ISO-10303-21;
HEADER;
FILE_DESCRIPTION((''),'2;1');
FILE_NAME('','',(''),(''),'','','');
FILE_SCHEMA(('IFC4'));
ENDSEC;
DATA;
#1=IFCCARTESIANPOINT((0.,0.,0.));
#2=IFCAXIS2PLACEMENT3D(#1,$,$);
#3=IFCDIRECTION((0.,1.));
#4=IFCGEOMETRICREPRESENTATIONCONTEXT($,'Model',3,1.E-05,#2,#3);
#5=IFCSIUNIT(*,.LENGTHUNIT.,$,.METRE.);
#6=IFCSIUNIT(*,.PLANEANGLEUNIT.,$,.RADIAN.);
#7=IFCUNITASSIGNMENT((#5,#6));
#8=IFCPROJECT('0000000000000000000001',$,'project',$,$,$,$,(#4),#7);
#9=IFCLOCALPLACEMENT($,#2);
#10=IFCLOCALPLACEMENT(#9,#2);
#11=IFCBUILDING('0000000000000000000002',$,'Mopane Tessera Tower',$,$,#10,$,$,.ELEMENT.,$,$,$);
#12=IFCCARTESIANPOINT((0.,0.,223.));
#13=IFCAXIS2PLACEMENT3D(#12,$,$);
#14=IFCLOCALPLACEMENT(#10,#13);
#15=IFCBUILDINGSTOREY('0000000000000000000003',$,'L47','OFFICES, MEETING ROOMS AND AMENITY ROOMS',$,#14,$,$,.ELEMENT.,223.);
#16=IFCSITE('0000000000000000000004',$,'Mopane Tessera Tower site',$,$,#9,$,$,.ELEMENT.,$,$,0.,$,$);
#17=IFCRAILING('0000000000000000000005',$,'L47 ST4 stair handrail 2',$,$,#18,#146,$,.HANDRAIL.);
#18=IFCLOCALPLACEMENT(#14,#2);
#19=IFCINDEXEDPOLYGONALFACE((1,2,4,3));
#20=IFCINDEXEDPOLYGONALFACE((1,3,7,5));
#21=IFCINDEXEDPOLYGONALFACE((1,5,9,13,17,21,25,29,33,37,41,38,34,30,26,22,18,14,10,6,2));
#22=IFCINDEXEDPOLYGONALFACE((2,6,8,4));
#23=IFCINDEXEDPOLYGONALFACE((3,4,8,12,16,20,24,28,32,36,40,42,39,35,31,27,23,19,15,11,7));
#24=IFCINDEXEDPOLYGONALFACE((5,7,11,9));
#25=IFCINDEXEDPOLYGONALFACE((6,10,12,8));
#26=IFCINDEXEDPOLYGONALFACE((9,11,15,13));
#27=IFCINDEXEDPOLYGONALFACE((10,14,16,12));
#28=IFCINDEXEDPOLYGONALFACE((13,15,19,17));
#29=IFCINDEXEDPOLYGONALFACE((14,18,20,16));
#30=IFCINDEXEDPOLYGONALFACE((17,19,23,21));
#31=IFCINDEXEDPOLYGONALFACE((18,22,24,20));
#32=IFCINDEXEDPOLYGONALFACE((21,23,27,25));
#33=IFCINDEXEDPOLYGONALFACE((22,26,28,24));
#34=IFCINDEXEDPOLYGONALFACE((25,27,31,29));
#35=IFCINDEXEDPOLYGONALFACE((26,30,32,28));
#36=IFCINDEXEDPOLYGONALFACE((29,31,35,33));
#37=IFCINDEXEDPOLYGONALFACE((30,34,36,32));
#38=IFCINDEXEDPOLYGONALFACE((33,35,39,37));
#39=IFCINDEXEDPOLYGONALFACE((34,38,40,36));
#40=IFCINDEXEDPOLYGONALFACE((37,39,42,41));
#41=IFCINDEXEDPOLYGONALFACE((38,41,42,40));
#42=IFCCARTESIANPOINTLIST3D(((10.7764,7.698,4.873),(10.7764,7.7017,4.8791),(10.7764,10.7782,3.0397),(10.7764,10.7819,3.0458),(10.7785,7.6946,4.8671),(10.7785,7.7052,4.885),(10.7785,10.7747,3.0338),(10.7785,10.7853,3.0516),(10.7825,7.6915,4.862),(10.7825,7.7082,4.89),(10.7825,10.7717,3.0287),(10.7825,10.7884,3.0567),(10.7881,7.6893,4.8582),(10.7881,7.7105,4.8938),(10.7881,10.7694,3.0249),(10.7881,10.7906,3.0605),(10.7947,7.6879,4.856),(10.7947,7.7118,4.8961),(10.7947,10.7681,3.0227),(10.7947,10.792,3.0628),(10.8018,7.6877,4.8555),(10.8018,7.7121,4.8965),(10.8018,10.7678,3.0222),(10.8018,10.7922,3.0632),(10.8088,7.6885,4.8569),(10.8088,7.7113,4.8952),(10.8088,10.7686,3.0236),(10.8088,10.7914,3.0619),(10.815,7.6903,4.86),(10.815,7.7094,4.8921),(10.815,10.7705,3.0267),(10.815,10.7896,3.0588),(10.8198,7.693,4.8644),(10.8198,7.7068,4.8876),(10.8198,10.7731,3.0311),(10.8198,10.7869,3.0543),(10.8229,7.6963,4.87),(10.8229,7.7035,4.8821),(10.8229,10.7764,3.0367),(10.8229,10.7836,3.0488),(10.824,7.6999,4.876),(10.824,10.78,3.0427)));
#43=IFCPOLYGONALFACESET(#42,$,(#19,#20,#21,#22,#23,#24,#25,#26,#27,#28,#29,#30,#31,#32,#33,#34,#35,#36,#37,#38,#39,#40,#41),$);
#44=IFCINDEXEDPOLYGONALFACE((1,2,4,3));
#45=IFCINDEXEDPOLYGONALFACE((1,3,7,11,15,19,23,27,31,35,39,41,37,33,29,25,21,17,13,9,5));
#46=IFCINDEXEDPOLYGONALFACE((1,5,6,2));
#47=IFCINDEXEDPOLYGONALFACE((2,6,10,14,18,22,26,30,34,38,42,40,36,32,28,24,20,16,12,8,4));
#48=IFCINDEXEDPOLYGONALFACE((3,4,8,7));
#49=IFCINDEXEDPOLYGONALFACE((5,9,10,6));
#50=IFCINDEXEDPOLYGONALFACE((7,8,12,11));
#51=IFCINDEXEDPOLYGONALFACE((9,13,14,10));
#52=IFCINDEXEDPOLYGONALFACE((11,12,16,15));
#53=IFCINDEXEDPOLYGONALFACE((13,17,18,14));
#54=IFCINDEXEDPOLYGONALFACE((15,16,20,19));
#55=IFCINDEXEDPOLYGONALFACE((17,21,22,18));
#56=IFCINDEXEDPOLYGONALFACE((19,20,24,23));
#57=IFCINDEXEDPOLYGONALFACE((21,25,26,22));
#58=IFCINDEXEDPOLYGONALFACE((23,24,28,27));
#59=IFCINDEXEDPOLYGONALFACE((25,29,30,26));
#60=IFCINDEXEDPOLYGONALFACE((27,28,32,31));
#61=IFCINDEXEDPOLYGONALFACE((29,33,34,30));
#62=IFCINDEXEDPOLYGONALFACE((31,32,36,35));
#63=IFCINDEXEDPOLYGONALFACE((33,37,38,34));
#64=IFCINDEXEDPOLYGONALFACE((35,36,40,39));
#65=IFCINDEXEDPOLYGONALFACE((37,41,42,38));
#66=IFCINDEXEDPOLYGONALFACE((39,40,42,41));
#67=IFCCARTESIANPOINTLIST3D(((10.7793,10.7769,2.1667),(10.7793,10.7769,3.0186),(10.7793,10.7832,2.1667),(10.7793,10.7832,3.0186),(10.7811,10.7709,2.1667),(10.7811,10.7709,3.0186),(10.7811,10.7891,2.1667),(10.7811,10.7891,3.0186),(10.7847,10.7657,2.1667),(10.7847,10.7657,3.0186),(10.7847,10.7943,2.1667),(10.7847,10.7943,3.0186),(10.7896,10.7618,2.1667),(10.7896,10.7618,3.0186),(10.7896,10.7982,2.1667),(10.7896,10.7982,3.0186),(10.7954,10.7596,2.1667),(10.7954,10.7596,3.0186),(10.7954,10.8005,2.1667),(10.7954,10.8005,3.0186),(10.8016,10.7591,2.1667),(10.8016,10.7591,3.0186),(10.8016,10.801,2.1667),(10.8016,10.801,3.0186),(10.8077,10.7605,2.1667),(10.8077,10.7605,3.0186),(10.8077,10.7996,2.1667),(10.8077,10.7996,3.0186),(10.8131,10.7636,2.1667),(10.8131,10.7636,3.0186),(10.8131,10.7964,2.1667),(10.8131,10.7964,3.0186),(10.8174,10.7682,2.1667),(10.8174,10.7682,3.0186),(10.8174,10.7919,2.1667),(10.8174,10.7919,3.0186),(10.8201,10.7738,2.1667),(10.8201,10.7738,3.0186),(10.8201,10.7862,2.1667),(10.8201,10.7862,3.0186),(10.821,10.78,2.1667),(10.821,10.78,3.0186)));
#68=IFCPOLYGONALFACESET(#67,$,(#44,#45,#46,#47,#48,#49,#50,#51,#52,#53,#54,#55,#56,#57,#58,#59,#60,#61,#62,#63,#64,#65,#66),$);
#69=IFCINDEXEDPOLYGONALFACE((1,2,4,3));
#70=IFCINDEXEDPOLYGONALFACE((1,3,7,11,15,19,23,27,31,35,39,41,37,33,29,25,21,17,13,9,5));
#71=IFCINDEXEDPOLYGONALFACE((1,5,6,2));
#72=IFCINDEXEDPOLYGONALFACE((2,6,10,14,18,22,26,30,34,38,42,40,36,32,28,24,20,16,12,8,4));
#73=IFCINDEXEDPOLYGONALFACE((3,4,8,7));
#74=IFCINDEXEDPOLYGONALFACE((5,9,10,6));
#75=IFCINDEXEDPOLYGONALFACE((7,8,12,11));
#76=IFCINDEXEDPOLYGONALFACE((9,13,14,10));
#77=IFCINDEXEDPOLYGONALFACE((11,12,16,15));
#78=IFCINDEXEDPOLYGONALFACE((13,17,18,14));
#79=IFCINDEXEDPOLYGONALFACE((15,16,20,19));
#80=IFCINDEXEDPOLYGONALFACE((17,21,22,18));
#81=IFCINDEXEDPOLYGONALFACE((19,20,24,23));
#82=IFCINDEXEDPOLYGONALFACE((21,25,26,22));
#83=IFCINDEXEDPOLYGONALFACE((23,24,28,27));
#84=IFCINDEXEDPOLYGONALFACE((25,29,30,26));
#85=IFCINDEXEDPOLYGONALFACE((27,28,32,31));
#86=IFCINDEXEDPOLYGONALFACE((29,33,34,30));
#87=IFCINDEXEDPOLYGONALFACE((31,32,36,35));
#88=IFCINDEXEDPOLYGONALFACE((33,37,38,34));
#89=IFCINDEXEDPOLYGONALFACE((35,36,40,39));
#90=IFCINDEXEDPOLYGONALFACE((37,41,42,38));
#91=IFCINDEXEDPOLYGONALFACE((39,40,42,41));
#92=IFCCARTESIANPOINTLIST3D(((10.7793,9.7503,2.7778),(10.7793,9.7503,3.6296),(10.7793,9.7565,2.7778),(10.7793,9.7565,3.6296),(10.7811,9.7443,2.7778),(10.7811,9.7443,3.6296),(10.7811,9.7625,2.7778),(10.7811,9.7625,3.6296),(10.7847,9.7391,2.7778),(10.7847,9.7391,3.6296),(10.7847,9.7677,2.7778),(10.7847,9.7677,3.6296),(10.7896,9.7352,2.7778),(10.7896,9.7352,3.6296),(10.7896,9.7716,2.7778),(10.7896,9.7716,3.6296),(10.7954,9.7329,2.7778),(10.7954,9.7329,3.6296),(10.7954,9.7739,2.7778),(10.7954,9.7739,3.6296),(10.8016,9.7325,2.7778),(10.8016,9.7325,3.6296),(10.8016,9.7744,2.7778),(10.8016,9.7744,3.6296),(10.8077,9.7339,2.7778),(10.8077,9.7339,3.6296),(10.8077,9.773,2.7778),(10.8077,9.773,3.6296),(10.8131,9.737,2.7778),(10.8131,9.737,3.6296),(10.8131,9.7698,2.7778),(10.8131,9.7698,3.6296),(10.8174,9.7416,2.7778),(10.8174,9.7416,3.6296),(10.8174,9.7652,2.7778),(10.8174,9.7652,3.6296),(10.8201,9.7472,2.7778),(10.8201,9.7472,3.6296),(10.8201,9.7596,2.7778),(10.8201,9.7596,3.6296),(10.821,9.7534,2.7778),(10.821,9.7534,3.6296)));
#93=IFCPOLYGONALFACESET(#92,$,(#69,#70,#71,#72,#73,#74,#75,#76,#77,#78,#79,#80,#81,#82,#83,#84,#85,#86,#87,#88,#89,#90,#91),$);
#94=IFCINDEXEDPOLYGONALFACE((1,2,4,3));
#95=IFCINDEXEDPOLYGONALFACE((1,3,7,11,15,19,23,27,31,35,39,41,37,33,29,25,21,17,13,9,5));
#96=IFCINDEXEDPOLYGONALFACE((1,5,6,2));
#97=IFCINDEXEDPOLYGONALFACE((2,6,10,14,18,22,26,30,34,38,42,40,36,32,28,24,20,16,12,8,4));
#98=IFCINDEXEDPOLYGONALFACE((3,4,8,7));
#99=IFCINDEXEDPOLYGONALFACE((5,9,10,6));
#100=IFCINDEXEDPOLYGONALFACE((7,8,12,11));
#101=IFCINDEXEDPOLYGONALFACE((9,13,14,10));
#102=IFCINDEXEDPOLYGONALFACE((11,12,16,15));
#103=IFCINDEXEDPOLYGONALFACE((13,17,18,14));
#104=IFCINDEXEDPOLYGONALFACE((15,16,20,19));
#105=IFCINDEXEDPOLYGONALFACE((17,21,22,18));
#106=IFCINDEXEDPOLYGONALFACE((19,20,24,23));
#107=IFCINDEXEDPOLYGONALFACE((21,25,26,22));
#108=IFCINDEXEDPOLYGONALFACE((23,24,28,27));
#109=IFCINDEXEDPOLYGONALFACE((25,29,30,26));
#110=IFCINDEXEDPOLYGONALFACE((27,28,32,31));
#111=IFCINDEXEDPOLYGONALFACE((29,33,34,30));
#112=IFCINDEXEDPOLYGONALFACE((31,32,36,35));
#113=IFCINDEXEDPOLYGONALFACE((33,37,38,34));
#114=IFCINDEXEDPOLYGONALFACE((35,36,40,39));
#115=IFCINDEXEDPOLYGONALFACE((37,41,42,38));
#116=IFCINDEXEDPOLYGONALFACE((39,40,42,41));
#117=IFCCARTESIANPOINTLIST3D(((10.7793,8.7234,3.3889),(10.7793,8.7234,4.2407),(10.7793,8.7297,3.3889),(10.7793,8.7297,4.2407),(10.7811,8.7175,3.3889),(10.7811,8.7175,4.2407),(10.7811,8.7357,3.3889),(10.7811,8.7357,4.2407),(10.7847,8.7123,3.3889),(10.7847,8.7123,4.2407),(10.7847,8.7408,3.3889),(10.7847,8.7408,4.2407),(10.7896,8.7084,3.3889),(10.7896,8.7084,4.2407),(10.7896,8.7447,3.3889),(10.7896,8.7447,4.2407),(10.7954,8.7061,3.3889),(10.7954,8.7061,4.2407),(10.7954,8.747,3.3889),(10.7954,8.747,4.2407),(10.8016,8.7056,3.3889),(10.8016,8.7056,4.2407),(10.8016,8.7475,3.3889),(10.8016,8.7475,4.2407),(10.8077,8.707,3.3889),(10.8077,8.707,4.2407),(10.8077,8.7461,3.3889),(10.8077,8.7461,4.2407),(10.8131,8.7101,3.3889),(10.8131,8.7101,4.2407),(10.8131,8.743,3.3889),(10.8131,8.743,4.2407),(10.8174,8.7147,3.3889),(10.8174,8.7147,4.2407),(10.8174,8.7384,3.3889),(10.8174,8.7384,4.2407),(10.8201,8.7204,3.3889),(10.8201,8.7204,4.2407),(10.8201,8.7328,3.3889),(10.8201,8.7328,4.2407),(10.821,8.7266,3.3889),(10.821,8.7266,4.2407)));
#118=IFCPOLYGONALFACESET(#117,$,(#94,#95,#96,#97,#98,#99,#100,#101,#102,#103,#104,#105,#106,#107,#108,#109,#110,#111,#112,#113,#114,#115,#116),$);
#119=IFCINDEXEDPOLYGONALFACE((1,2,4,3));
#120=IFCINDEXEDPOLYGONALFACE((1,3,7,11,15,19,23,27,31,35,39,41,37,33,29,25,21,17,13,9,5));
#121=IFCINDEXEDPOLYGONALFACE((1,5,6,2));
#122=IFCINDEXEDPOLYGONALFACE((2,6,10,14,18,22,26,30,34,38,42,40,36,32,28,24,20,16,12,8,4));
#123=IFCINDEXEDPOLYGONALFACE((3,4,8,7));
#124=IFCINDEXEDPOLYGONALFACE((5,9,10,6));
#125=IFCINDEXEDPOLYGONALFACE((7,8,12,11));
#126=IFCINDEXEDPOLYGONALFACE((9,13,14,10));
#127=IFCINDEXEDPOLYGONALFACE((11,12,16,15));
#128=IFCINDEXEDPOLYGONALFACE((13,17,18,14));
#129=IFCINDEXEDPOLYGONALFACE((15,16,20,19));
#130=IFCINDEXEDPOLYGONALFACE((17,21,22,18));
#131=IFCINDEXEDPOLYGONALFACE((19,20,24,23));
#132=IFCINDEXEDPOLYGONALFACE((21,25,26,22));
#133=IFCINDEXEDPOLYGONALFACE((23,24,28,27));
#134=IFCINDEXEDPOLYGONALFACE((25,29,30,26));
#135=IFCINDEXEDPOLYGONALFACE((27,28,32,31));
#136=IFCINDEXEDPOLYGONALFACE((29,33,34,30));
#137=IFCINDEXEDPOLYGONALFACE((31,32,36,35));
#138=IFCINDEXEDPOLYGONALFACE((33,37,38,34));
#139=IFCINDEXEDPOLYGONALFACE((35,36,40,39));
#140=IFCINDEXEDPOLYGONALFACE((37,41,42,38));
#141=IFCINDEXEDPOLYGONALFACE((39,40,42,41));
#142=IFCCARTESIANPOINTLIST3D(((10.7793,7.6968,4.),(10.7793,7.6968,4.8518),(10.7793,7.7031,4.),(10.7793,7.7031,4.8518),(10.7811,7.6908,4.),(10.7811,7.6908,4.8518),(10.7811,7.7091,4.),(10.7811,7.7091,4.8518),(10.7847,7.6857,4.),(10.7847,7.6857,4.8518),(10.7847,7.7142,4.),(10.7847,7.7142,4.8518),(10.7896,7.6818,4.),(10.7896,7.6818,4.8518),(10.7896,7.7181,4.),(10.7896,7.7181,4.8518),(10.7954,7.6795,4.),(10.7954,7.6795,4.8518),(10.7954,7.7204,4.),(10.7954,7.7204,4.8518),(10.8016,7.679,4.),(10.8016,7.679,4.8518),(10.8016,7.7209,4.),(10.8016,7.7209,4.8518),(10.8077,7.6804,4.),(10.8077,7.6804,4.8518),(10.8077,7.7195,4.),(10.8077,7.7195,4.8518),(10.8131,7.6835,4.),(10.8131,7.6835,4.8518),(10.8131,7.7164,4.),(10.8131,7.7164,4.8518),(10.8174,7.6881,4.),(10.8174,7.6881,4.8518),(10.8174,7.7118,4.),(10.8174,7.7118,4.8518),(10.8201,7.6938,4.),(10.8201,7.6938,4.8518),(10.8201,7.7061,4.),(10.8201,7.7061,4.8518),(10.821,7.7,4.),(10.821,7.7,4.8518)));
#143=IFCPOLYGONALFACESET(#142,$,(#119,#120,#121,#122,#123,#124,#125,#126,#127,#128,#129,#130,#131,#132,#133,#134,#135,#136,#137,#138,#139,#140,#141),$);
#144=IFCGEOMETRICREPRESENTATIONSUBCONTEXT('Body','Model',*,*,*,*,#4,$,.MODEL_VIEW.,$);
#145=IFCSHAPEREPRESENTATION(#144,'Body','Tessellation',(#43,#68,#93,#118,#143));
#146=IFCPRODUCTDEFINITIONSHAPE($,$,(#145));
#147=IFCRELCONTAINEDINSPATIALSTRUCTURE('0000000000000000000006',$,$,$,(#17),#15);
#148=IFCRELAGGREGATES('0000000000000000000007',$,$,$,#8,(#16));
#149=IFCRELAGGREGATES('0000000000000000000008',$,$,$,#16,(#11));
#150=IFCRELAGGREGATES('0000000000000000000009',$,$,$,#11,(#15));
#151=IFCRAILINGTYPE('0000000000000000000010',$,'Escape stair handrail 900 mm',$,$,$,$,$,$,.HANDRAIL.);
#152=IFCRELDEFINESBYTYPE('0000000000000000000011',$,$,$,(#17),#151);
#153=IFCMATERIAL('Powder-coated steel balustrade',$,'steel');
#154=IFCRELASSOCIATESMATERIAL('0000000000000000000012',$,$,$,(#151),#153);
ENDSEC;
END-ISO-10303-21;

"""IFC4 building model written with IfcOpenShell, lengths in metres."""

from ifc_helpers import new_model, si_unit, direction, frame, origin, origin_2d, place, context, subcontext, project, spatial, circle, extrude, material, type_object, element, save


model = new_model("IFC4")

# Units and contexts
model_context = context("Model", 3, precision=1e-05, world=origin(), true_north=direction((0.0, 1.0)))
body_context = subcontext(model_context, "Body", "Model", "MODEL_VIEW")
ifc_project = project(units=[si_unit("LENGTHUNIT", "METRE"), si_unit("PLANEANGLEUNIT", "RADIAN")], contexts=[model_context])

# Site, building, storey
site_placement = place(None, origin())
site = spatial("IfcSite", under=ifc_project, at=site_placement, Name="Mopane Tessera Tower site", CompositionType="ELEMENT", RefElevation=0.0)
building_placement = place(site_placement, origin())
building = spatial("IfcBuilding", under=site, at=building_placement, Name="Mopane Tessera Tower", CompositionType="ELEMENT")
storey_placement = place(building_placement, frame((0.0, 0.0, 223.0)))
storey = spatial("IfcBuildingStorey", under=building, at=storey_placement, Name="L47", Description="OFFICES, MEETING ROOMS AND AMENITY ROOMS", CompositionType="ELEMENT", Elevation=223.0)

# Railing
ifc_material_1 = material(Name="Powder-coated steel balustrade", Category="steel")
railing_type_1 = type_object("IfcRailingType", Name="Escape stair handrail 900 mm", PredefinedType="HANDRAIL", material=ifc_material_1)
railing_1_placement = place(storey_placement, frame((10.8, 10.78, 2.1667)))
element("IfcRailing", 1, at=railing_1_placement, inside=storey, type_object=railing_type_1, Name="L47 ST4 stair handrail 2", PredefinedType="HANDRAIL", context=body_context, shape_type="SweptSolid", body=[
    extrude(circle(Radius=0.0239, at=origin_2d()), frame((0.0, 0.0, 0.876), z_axis=(0.0, -0.859309, 0.511458), x_axis=(1.0, 0.0, 0.0)), (0.0, 0.0, 1.0), 3.5845),
    extrude(circle(Radius=0.021, at=origin_2d()), origin(), (0.0, 0.0, 1.0), 0.8518),
    extrude(circle(Radius=0.021, at=origin_2d()), frame((0.0, -1.0266, 0.6111)), (0.0, 0.0, 1.0), 0.8518),
    extrude(circle(Radius=0.021, at=origin_2d()), frame((0.0, -2.0535, 1.2222)), (0.0, 0.0, 1.0), 0.8518),
    extrude(circle(Radius=0.021, at=origin_2d()), frame((0.0, -3.0801, 1.8333)), (0.0, 0.0, 1.0), 0.8518),
])

save(model, "model.ifc")
